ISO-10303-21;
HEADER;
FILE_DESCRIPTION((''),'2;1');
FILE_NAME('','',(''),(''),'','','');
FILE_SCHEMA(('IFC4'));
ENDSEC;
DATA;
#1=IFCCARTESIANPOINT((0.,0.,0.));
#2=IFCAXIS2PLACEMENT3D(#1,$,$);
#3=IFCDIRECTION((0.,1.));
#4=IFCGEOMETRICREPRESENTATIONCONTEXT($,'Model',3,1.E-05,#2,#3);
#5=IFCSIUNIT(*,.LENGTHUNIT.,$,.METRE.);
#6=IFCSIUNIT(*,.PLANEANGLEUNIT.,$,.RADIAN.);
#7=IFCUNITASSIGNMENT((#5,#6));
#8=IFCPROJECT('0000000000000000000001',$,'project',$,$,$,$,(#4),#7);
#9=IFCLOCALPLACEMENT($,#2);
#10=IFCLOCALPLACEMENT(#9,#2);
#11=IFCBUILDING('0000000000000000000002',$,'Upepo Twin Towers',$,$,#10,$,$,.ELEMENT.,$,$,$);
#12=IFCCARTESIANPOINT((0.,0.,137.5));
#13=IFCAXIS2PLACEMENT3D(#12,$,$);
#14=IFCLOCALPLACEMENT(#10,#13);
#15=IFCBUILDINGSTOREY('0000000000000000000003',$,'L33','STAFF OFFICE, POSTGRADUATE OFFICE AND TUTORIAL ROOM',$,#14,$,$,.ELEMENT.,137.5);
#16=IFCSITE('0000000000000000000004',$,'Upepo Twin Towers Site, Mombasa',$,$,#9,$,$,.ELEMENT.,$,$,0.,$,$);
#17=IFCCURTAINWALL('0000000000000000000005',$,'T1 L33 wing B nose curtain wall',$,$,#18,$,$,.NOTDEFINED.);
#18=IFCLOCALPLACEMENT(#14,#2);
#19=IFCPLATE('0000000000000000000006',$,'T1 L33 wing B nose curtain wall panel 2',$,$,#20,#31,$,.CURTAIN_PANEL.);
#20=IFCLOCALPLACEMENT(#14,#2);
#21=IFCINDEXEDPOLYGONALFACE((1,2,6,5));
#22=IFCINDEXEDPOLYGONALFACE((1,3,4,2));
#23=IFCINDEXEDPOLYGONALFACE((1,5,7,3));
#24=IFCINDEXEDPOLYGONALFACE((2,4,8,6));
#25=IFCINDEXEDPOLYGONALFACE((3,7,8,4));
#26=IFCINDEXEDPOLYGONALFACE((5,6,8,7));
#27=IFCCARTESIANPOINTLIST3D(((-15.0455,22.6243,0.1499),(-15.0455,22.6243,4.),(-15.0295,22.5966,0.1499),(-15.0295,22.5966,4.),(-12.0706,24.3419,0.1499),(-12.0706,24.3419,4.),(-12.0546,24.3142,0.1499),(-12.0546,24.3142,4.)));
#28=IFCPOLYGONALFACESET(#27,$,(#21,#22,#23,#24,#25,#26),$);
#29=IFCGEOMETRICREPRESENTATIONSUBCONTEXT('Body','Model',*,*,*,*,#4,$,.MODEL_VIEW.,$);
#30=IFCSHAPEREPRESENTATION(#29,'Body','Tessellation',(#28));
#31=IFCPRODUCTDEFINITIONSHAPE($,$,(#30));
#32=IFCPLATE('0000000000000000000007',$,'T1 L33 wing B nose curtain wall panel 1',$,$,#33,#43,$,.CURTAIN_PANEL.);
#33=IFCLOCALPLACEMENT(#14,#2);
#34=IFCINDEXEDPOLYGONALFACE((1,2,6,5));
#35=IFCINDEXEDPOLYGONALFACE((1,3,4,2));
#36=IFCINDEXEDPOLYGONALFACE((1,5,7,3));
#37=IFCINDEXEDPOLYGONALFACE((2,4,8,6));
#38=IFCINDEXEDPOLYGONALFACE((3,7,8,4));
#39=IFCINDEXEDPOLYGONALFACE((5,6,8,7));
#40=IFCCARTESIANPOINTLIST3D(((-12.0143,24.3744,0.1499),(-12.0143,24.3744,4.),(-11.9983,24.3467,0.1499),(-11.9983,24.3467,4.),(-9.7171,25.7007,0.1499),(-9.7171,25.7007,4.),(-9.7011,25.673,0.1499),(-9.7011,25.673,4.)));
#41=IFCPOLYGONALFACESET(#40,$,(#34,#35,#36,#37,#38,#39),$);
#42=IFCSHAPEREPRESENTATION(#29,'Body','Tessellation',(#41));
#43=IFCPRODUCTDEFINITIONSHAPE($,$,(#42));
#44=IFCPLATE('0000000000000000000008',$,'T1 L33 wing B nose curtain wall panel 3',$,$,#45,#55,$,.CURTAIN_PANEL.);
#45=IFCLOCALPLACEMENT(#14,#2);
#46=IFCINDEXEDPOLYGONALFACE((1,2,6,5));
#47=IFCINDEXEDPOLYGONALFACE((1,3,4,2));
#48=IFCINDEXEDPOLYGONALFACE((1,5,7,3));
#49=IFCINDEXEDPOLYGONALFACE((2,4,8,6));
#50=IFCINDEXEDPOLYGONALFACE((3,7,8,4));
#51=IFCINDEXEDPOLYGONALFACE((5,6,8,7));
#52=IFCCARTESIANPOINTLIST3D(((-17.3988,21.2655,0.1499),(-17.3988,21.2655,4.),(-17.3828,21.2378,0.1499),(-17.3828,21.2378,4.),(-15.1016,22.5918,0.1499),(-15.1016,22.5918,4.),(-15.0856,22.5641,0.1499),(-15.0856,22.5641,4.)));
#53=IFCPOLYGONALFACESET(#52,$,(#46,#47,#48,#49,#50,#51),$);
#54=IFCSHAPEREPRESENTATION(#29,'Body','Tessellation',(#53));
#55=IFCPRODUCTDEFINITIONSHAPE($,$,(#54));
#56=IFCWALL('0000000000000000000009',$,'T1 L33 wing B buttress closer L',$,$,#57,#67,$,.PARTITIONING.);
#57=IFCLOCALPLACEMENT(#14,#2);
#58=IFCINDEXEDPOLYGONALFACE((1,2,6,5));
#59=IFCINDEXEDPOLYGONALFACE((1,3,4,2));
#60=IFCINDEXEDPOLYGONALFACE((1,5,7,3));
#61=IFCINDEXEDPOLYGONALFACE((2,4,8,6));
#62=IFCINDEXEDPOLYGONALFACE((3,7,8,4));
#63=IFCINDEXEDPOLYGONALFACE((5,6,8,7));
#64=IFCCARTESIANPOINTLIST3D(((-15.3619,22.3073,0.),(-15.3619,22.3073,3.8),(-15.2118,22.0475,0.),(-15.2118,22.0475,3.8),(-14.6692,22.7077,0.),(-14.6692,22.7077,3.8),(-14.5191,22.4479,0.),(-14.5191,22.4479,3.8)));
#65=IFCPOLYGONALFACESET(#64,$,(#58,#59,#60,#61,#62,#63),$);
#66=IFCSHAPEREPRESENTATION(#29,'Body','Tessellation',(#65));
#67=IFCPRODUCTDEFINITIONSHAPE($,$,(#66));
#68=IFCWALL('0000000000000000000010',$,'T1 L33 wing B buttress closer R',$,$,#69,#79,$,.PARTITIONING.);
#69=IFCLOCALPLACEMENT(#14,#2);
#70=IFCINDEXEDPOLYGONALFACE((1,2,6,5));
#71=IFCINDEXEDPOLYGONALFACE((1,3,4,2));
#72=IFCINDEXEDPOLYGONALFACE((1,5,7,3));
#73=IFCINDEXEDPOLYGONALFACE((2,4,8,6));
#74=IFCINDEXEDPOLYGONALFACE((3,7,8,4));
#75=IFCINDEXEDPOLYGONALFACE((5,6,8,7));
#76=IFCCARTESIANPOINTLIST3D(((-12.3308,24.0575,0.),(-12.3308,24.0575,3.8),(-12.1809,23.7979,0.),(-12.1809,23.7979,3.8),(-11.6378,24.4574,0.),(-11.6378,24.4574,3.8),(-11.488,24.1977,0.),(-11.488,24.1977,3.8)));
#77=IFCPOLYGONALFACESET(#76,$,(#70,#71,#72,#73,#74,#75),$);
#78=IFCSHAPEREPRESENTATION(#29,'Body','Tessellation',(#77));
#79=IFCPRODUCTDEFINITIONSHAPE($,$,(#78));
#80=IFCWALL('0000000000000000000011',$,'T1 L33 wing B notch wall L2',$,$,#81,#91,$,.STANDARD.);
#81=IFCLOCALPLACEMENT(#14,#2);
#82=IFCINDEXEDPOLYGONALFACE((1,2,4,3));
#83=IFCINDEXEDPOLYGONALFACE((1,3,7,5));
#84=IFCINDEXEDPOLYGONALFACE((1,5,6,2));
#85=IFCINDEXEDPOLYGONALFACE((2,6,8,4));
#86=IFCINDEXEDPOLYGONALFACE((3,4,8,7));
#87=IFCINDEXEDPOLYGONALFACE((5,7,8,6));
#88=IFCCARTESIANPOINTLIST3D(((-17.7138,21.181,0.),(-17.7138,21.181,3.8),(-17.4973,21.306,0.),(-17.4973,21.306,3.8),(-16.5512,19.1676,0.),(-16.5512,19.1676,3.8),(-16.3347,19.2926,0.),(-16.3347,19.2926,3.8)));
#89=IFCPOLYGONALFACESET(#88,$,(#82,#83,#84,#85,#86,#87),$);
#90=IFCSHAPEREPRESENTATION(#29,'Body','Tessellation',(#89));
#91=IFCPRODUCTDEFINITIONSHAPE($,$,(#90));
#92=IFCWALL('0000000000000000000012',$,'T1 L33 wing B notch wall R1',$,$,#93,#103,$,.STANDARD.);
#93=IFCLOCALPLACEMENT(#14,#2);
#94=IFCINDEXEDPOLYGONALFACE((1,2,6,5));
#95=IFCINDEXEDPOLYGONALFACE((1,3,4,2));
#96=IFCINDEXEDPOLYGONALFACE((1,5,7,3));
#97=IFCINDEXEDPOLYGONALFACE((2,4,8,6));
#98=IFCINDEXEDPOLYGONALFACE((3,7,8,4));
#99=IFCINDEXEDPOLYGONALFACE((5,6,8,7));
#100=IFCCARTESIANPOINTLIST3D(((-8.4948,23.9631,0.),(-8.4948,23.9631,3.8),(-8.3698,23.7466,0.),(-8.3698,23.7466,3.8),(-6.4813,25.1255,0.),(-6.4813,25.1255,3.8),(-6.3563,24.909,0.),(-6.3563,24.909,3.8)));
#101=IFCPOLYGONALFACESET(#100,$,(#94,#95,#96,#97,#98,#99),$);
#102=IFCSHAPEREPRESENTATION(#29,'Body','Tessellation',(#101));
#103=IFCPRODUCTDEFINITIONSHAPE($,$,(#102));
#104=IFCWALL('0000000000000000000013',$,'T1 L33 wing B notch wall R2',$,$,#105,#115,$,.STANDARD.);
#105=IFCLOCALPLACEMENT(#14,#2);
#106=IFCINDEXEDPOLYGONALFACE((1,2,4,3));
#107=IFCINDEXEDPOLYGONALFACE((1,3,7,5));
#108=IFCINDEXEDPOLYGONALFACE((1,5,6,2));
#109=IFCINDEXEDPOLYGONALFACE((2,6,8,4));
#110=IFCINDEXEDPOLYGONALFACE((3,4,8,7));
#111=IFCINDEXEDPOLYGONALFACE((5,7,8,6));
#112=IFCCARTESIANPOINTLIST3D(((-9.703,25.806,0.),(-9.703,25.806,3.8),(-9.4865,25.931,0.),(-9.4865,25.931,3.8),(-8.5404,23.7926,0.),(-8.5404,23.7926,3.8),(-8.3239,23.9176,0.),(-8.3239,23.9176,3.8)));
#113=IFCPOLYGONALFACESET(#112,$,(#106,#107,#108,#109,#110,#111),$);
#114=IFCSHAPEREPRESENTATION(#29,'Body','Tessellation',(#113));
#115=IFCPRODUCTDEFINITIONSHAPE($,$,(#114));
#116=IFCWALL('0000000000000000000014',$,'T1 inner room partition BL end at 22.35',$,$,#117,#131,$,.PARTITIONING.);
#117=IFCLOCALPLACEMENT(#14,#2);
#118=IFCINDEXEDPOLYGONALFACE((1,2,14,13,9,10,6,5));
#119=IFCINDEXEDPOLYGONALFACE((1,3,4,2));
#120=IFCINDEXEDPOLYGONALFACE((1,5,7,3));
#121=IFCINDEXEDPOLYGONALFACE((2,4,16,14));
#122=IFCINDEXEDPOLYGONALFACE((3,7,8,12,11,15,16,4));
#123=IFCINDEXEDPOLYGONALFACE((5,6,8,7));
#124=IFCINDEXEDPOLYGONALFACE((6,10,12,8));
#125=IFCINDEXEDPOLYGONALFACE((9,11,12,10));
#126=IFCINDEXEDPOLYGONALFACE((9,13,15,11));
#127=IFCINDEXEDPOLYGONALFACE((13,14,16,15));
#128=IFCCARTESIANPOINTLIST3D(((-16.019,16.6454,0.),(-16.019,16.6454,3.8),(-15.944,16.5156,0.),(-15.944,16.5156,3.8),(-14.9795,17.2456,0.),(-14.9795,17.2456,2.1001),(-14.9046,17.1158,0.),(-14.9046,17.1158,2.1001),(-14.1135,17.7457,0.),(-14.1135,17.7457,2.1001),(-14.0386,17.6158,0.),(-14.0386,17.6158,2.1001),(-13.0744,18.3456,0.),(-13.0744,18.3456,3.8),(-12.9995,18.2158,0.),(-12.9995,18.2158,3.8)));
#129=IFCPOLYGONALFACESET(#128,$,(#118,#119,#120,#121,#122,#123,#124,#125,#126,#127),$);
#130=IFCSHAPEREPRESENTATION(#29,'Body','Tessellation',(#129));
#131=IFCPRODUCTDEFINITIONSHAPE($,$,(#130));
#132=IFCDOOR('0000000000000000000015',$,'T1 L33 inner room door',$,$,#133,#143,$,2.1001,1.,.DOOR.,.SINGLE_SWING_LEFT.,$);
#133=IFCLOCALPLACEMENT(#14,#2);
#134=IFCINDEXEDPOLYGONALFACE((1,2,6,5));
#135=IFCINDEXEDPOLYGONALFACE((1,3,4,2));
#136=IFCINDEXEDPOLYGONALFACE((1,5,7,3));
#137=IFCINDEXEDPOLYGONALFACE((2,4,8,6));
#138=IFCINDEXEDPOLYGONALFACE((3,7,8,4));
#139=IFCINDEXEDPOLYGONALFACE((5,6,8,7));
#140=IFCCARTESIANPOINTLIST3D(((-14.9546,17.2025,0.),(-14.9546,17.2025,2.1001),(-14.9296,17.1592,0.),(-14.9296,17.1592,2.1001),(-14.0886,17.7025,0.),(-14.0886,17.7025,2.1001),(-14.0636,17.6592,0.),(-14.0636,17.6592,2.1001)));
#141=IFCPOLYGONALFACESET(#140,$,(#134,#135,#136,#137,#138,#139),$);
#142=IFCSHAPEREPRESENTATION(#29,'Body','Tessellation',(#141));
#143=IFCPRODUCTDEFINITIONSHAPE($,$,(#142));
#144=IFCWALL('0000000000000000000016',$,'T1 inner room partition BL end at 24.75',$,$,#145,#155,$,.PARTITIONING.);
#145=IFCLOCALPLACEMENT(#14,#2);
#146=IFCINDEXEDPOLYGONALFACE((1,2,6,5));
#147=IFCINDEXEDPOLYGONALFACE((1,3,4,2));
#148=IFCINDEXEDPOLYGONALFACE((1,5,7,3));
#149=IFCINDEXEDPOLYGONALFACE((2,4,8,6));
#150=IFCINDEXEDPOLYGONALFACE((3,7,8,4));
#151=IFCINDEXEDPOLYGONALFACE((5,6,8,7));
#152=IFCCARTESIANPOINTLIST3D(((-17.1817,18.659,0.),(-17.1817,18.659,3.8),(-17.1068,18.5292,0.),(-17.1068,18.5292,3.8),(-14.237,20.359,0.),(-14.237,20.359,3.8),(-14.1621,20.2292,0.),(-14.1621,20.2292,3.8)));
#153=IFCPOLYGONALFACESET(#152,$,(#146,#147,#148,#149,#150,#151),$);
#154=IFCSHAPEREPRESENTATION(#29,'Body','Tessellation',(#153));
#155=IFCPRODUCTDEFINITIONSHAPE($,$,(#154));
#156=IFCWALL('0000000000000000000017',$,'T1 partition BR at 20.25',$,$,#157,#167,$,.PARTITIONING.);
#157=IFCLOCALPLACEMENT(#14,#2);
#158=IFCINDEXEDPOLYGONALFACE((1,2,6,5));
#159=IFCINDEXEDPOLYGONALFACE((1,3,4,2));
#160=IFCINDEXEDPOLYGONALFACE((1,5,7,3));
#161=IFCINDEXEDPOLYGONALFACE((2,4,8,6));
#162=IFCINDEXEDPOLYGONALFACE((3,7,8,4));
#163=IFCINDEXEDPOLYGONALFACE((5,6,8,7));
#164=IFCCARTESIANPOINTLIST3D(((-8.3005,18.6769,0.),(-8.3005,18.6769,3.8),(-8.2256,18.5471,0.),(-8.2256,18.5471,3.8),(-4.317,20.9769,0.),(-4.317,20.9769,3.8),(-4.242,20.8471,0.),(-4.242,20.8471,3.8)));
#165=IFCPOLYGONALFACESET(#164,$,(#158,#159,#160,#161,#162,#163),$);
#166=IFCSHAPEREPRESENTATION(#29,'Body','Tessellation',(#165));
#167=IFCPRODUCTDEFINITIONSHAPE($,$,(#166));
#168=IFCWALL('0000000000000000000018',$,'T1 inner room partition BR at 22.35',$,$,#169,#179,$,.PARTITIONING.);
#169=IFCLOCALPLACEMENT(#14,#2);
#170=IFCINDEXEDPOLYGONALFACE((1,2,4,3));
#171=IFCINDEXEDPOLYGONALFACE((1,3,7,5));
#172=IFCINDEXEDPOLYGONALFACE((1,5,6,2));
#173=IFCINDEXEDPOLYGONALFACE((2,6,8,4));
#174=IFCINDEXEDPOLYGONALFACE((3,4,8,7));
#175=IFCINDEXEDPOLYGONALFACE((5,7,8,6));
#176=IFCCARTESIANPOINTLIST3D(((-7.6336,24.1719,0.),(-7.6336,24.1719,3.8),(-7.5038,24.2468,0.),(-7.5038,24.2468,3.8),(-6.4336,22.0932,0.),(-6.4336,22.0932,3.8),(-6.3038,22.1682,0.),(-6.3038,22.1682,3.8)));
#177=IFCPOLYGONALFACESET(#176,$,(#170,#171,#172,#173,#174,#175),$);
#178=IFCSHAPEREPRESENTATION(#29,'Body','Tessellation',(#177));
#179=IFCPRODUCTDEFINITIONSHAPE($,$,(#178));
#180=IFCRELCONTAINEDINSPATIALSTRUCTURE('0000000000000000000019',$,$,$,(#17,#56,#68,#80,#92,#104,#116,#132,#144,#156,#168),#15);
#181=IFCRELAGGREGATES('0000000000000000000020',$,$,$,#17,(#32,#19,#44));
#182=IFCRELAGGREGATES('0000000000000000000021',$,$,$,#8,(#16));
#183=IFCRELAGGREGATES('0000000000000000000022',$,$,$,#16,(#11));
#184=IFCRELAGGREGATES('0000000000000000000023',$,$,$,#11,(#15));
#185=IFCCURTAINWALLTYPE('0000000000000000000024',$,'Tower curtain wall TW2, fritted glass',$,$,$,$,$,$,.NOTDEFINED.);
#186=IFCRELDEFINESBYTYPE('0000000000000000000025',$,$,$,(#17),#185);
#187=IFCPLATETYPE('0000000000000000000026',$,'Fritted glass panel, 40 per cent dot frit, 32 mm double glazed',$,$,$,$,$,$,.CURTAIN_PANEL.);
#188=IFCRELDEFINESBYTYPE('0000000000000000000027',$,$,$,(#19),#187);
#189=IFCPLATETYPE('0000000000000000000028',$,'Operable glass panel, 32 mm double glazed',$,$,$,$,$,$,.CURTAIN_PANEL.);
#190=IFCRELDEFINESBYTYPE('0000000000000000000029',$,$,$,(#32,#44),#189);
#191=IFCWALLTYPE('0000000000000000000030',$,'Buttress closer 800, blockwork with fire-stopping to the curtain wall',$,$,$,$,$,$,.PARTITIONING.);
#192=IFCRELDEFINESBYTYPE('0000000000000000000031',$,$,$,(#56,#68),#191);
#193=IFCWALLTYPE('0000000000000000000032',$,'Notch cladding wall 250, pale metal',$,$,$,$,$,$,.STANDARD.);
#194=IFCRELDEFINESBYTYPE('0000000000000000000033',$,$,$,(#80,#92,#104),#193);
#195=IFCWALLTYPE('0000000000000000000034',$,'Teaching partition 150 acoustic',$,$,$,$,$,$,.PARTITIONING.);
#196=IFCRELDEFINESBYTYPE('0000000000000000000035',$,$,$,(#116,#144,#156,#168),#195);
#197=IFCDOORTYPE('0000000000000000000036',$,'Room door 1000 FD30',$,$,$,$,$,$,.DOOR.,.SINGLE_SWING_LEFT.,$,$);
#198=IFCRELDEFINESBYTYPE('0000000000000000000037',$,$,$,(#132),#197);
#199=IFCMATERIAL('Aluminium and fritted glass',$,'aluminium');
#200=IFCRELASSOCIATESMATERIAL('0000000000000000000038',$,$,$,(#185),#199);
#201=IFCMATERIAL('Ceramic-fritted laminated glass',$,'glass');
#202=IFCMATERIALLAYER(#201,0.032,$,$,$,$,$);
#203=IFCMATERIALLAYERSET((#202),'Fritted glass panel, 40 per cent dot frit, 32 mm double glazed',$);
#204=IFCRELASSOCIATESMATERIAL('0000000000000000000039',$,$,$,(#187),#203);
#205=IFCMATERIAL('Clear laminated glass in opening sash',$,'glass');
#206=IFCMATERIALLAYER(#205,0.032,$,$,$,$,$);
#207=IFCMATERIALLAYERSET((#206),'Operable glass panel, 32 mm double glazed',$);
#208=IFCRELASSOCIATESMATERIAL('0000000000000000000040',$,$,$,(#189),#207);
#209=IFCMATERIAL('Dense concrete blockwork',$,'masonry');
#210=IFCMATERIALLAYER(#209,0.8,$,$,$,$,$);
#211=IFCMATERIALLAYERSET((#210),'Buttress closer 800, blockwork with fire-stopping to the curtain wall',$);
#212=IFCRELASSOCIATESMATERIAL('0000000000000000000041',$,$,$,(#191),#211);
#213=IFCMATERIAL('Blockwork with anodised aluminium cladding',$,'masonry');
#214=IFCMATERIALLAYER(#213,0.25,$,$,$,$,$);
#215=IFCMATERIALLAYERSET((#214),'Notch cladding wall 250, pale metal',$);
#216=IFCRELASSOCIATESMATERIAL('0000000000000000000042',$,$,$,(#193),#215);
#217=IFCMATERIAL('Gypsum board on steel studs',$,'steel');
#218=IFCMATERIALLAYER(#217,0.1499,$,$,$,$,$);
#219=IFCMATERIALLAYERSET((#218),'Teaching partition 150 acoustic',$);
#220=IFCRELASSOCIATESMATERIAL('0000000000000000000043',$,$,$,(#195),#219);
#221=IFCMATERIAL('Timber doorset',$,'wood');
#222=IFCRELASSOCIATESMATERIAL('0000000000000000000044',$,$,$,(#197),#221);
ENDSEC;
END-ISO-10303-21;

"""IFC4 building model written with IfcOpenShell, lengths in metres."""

from ifc_helpers import new_model, si_unit, direction, frame, frame_2d, origin, origin_2d, place, context, subcontext, project, spatial, rectangle, extrude, material, layer, layer_set, type_object, element, fill, aggregate, save


model = new_model("IFC4")

# Units and contexts
model_context = context("Model", 3, precision=1e-05, world=origin(), true_north=direction((0.0, 1.0)))
body_context = subcontext(model_context, "Body", "Model", "MODEL_VIEW")
ifc_project = project(units=[si_unit("LENGTHUNIT", "METRE"), si_unit("PLANEANGLEUNIT", "RADIAN")], contexts=[model_context])

# Site, building, storey
site_placement = place(None, origin())
site = spatial("IfcSite", under=ifc_project, at=site_placement, Name="Upepo Twin Towers Site, Mombasa", CompositionType="ELEMENT", RefElevation=0.0)
building_placement = place(site_placement, origin())
building = spatial("IfcBuilding", under=site, at=building_placement, Name="Upepo Twin Towers", CompositionType="ELEMENT")
storey_placement = place(building_placement, frame((0.0, 0.0, 137.5)))
storey = spatial("IfcBuildingStorey", under=building, at=storey_placement, Name="L33", Description="STAFF OFFICE, POSTGRADUATE OFFICE AND TUTORIAL ROOM", CompositionType="ELEMENT", Elevation=137.5)

# Shared definitions
ifc_material_1 = material(Name="Aluminium and fritted glass", Category="aluminium")
curtain_wall_type = type_object("IfcCurtainWallType", Name="Tower curtain wall TW2, fritted glass", PredefinedType="NOTDEFINED", material=ifc_material_1)

# Curtain wall
curtain_wall_1_placement = place(storey_placement, origin())
curtain_wall_1 = element("IfcCurtainWall", 1, at=curtain_wall_1_placement, inside=storey, type_object=curtain_wall_type, Name="T1 L33 wing B nose curtain wall", PredefinedType="NOTDEFINED")

# Plates
ifc_material_2 = material(Name="Ceramic-fritted laminated glass", Category="glass")
ifc_layer_1 = layer(ifc_material_2, 0.032)
ifc_layer_set_1 = layer_set([ifc_layer_1], Name="Fritted glass panel, 40 per cent dot frit, 32 mm double glazed")
plate_type_1 = type_object("IfcPlateType", Name="Fritted glass panel, 40 per cent dot frit, 32 mm double glazed", PredefinedType="CURTAIN_PANEL", material=ifc_layer_set_1)
plate_1_placement = place(storey_placement, frame((-13.55, 23.4692, 0.1499), z_axis=(0.0, 0.0, 1.0), x_axis=(-0.866025, -0.5, 0.0)))
plate_1 = element("IfcPlate", 2, at=plate_1_placement, type_object=plate_type_1, Name="T1 L33 wing B nose curtain wall panel 2", PredefinedType="CURTAIN_PANEL", context=body_context, shape_type="SweptSolid", body=[
    extrude(rectangle(XDim=3.4351, YDim=0.032, at=origin_2d()), origin(), (0.0, 0.0, 1.0), 3.8501),
])
ifc_material_3 = material(Name="Clear laminated glass in opening sash", Category="glass")
ifc_layer_2 = layer(ifc_material_3, 0.032)
ifc_layer_set_2 = layer_set([ifc_layer_2], Name="Operable glass panel, 32 mm double glazed")
plate_type_2 = type_object("IfcPlateType", Name="Operable glass panel, 32 mm double glazed", PredefinedType="CURTAIN_PANEL", material=ifc_layer_set_2)
plate_2_placement = place(storey_placement, frame((-10.8577, 25.0237, 0.1499), z_axis=(0.0, 0.0, 1.0), x_axis=(-0.866025, -0.5, 0.0)))
plate_2 = element("IfcPlate", 3, at=plate_2_placement, type_object=plate_type_2, Name="T1 L33 wing B nose curtain wall panel 1", PredefinedType="CURTAIN_PANEL", context=body_context, shape_type="SweptSolid", body=[
    extrude(rectangle(XDim=2.6526, YDim=0.032, at=origin_2d()), origin(), (0.0, 0.0, 1.0), 3.8501),
])
plate_3_placement = place(storey_placement, frame((-16.2422, 21.9148, 0.1499), z_axis=(0.0, 0.0, 1.0), x_axis=(-0.866025, -0.5, 0.0)))
plate_3 = element("IfcPlate", 4, at=plate_3_placement, type_object=plate_type_2, Name="T1 L33 wing B nose curtain wall panel 3", PredefinedType="CURTAIN_PANEL", context=body_context, shape_type="SweptSolid", body=[
    extrude(rectangle(XDim=2.6526, YDim=0.032, at=origin_2d()), origin(), (0.0, 0.0, 1.0), 3.8501),
])
aggregate(curtain_wall_1, [plate_2, plate_1, plate_3])

# Walls
ifc_material_4 = material(Name="Dense concrete blockwork", Category="masonry")
ifc_layer_3 = layer(ifc_material_4, 0.8)
ifc_layer_set_3 = layer_set([ifc_layer_3], Name="Buttress closer 800, blockwork with fire-stopping to the curtain wall")
wall_type_1 = type_object("IfcWallType", Name="Buttress closer 800, blockwork with fire-stopping to the curtain wall", PredefinedType="PARTITIONING", material=ifc_layer_set_3)
wall_1_placement = place(storey_placement, frame((-14.8655, 22.2478, 0.0), z_axis=(0.0, 0.0, 1.0), x_axis=(-0.500427, 0.865779, 0.0)))
element("IfcWall", 5, at=wall_1_placement, inside=storey, type_object=wall_type_1, Name="T1 L33 wing B buttress closer L", PredefinedType="PARTITIONING", context=body_context, shape_type="SweptSolid", body=[
    extrude(rectangle(XDim=0.3, YDim=0.8, at=frame_2d((0.1499, 0.0))), origin(), (0.0, 0.0, 1.0), 3.8),
])
wall_2_placement = place(storey_placement, frame((-11.8345, 23.9978, 0.0), z_axis=(0.0, 0.0, 1.0), x_axis=(-0.499816, 0.866131, 0.0)))
element("IfcWall", 6, at=wall_2_placement, inside=storey, type_object=wall_type_1, Name="T1 L33 wing B buttress closer R", PredefinedType="PARTITIONING", context=body_context, shape_type="SweptSolid", body=[
    extrude(rectangle(XDim=0.2998, YDim=0.8, at=frame_2d((0.1499, 0.0))), origin(), (0.0, 0.0, 1.0), 3.8),
])
ifc_material_5 = material(Name="Blockwork with anodised aluminium cladding", Category="masonry")
ifc_layer_4 = layer(ifc_material_5, 0.25)
ifc_layer_set_4 = layer_set([ifc_layer_4], Name="Notch cladding wall 250, pale metal")
wall_type_2 = type_object("IfcWallType", Name="Notch cladding wall 250, pale metal", PredefinedType="STANDARD", material=ifc_layer_set_4)
for number, where, z_axis, x_axis, name in (
    (7, (-16.4429, 19.23, 0.0), (0.0, 0.0, 1.0), (-0.500047, 0.865998, 0.0), "T1 L33 wing B notch wall L2"),
    (8, (-6.4187, 25.0173, 0.0), (0.0, 0.0, 1.0), (-0.866044, -0.499968, 0.0), "T1 L33 wing B notch wall R1"),
    (9, (-8.4321, 23.855, 0.0), (0.0, 0.0, 1.0), (-0.500047, 0.865998, 0.0), "T1 L33 wing B notch wall R2"),
):
    element("IfcWall", number, at=place(storey_placement, frame(where, z_axis=z_axis, x_axis=x_axis)), inside=storey, type_object=wall_type_2, Name=name, PredefinedType="STANDARD", context=body_context, shape_type="SweptSolid", body=[
        extrude(rectangle(XDim=2.325, YDim=0.25, at=frame_2d((1.1626, 0.0))), origin(), (0.0, 0.0, 1.0), 3.8),
    ])

# Wall, opening, door
ifc_material_6 = material(Name="Gypsum board on steel studs", Category="steel")
ifc_layer_5 = layer(ifc_material_6, 0.1499)
ifc_layer_set_5 = layer_set([ifc_layer_5], Name="Teaching partition 150 acoustic")
wall_type_3 = type_object("IfcWallType", Name="Teaching partition 150 acoustic", PredefinedType="PARTITIONING", material=ifc_layer_set_5)
wall_3_placement = place(storey_placement, frame((-13.0369, 18.2808, 0.0), z_axis=(0.0, 0.0, 1.0), x_axis=(-0.866007, -0.500031, 0.0)))
wall_3 = element("IfcWall", 10, at=wall_3_placement, inside=storey, type_object=wall_type_3, Name="T1 inner room partition BL end at 22.35", PredefinedType="PARTITIONING", context=body_context, shape_type="SweptSolid", body=[
    extrude(rectangle(XDim=3.4001, YDim=0.1499, at=frame_2d((1.7002, 0.0))), origin(), (0.0, 0.0, 1.0), 3.8),
])
opening_1_placement = place(wall_3_placement, frame((1.2, 0.0, 0.0)))
opening_1 = element("IfcOpeningElement", 11, at=opening_1_placement, cuts=wall_3, PredefinedType="OPENING", context=body_context, shape_type="SweptSolid", body=[
    extrude(rectangle(XDim=1.0, YDim=2.1001, at=frame_2d((0.5, 1.05))), frame((0.0, 0.085, 0.0), z_axis=(0.0, -1.0, 0.0), x_axis=(1.0, 0.0, 0.0)), (0.0, 0.0, 1.0), 0.1699),
])
ifc_material_7 = material(Name="Timber doorset", Category="wood")
door_type = type_object("IfcDoorType", Name="Room door 1000 FD30", OperationType="SINGLE_SWING_LEFT", PredefinedType="DOOR", material=ifc_material_7)
door_1_placement = place(opening_1_placement, origin())
door_1 = element("IfcDoor", 12, at=door_1_placement, inside=storey, type_object=door_type, Name="T1 L33 inner room door", OperationType="SINGLE_SWING_LEFT", OverallHeight=2.1001, OverallWidth=1.0, PredefinedType="DOOR", context=body_context, shape_type="SweptSolid", body=[
    extrude(rectangle(XDim=1.0, YDim=2.1001, at=frame_2d((0.5, 1.05))), frame((0.0, 0.0249, 0.0), z_axis=(0.0, -1.0, 0.0), x_axis=(1.0, 0.0, 0.0)), (0.0, 0.0, 1.0), 0.05),
])
fill(opening_1, door_1)

# Walls
wall_4_placement = place(storey_placement, frame((-14.1995, 20.2942, 0.0), z_axis=(0.0, 0.0, 1.0), x_axis=(-0.866039, -0.499977, 0.0)))
element("IfcWall", 13, at=wall_4_placement, inside=storey, type_object=wall_type_3, Name="T1 inner room partition BL end at 24.75", PredefinedType="PARTITIONING", context=body_context, shape_type="SweptSolid", body=[
    extrude(rectangle(XDim=3.4001, YDim=0.1499, at=frame_2d((1.7002, 0.0))), origin(), (0.0, 0.0, 1.0), 3.8),
])
wall_5_placement = place(storey_placement, frame((-8.2629, 18.6121, 0.0), z_axis=(0.0, 0.0, 1.0), x_axis=(0.866017, 0.500015, 0.0)))
element("IfcWall", 14, at=wall_5_placement, inside=storey, type_object=wall_type_3, Name="T1 partition BR at 20.25", PredefinedType="PARTITIONING", context=body_context, shape_type="SweptSolid", body=[
    extrude(rectangle(XDim=4.5999, YDim=0.1499, at=frame_2d((2.2998, 0.0))), origin(), (0.0, 0.0, 1.0), 3.8),
])
wall_6_placement = place(storey_placement, frame((-6.3687, 22.1306, 0.0), z_axis=(0.0, 0.0, 1.0), x_axis=(-0.499957, 0.86605, 0.0)))
element("IfcWall", 15, at=wall_6_placement, inside=storey, type_object=wall_type_3, Name="T1 inner room partition BR at 22.35", PredefinedType="PARTITIONING", context=body_context, shape_type="SweptSolid", body=[
    extrude(rectangle(XDim=2.4001, YDim=0.1499, at=frame_2d((1.2002, 0.0))), origin(), (0.0, 0.0, 1.0), 3.8),
])

save(model, "model.ifc")
